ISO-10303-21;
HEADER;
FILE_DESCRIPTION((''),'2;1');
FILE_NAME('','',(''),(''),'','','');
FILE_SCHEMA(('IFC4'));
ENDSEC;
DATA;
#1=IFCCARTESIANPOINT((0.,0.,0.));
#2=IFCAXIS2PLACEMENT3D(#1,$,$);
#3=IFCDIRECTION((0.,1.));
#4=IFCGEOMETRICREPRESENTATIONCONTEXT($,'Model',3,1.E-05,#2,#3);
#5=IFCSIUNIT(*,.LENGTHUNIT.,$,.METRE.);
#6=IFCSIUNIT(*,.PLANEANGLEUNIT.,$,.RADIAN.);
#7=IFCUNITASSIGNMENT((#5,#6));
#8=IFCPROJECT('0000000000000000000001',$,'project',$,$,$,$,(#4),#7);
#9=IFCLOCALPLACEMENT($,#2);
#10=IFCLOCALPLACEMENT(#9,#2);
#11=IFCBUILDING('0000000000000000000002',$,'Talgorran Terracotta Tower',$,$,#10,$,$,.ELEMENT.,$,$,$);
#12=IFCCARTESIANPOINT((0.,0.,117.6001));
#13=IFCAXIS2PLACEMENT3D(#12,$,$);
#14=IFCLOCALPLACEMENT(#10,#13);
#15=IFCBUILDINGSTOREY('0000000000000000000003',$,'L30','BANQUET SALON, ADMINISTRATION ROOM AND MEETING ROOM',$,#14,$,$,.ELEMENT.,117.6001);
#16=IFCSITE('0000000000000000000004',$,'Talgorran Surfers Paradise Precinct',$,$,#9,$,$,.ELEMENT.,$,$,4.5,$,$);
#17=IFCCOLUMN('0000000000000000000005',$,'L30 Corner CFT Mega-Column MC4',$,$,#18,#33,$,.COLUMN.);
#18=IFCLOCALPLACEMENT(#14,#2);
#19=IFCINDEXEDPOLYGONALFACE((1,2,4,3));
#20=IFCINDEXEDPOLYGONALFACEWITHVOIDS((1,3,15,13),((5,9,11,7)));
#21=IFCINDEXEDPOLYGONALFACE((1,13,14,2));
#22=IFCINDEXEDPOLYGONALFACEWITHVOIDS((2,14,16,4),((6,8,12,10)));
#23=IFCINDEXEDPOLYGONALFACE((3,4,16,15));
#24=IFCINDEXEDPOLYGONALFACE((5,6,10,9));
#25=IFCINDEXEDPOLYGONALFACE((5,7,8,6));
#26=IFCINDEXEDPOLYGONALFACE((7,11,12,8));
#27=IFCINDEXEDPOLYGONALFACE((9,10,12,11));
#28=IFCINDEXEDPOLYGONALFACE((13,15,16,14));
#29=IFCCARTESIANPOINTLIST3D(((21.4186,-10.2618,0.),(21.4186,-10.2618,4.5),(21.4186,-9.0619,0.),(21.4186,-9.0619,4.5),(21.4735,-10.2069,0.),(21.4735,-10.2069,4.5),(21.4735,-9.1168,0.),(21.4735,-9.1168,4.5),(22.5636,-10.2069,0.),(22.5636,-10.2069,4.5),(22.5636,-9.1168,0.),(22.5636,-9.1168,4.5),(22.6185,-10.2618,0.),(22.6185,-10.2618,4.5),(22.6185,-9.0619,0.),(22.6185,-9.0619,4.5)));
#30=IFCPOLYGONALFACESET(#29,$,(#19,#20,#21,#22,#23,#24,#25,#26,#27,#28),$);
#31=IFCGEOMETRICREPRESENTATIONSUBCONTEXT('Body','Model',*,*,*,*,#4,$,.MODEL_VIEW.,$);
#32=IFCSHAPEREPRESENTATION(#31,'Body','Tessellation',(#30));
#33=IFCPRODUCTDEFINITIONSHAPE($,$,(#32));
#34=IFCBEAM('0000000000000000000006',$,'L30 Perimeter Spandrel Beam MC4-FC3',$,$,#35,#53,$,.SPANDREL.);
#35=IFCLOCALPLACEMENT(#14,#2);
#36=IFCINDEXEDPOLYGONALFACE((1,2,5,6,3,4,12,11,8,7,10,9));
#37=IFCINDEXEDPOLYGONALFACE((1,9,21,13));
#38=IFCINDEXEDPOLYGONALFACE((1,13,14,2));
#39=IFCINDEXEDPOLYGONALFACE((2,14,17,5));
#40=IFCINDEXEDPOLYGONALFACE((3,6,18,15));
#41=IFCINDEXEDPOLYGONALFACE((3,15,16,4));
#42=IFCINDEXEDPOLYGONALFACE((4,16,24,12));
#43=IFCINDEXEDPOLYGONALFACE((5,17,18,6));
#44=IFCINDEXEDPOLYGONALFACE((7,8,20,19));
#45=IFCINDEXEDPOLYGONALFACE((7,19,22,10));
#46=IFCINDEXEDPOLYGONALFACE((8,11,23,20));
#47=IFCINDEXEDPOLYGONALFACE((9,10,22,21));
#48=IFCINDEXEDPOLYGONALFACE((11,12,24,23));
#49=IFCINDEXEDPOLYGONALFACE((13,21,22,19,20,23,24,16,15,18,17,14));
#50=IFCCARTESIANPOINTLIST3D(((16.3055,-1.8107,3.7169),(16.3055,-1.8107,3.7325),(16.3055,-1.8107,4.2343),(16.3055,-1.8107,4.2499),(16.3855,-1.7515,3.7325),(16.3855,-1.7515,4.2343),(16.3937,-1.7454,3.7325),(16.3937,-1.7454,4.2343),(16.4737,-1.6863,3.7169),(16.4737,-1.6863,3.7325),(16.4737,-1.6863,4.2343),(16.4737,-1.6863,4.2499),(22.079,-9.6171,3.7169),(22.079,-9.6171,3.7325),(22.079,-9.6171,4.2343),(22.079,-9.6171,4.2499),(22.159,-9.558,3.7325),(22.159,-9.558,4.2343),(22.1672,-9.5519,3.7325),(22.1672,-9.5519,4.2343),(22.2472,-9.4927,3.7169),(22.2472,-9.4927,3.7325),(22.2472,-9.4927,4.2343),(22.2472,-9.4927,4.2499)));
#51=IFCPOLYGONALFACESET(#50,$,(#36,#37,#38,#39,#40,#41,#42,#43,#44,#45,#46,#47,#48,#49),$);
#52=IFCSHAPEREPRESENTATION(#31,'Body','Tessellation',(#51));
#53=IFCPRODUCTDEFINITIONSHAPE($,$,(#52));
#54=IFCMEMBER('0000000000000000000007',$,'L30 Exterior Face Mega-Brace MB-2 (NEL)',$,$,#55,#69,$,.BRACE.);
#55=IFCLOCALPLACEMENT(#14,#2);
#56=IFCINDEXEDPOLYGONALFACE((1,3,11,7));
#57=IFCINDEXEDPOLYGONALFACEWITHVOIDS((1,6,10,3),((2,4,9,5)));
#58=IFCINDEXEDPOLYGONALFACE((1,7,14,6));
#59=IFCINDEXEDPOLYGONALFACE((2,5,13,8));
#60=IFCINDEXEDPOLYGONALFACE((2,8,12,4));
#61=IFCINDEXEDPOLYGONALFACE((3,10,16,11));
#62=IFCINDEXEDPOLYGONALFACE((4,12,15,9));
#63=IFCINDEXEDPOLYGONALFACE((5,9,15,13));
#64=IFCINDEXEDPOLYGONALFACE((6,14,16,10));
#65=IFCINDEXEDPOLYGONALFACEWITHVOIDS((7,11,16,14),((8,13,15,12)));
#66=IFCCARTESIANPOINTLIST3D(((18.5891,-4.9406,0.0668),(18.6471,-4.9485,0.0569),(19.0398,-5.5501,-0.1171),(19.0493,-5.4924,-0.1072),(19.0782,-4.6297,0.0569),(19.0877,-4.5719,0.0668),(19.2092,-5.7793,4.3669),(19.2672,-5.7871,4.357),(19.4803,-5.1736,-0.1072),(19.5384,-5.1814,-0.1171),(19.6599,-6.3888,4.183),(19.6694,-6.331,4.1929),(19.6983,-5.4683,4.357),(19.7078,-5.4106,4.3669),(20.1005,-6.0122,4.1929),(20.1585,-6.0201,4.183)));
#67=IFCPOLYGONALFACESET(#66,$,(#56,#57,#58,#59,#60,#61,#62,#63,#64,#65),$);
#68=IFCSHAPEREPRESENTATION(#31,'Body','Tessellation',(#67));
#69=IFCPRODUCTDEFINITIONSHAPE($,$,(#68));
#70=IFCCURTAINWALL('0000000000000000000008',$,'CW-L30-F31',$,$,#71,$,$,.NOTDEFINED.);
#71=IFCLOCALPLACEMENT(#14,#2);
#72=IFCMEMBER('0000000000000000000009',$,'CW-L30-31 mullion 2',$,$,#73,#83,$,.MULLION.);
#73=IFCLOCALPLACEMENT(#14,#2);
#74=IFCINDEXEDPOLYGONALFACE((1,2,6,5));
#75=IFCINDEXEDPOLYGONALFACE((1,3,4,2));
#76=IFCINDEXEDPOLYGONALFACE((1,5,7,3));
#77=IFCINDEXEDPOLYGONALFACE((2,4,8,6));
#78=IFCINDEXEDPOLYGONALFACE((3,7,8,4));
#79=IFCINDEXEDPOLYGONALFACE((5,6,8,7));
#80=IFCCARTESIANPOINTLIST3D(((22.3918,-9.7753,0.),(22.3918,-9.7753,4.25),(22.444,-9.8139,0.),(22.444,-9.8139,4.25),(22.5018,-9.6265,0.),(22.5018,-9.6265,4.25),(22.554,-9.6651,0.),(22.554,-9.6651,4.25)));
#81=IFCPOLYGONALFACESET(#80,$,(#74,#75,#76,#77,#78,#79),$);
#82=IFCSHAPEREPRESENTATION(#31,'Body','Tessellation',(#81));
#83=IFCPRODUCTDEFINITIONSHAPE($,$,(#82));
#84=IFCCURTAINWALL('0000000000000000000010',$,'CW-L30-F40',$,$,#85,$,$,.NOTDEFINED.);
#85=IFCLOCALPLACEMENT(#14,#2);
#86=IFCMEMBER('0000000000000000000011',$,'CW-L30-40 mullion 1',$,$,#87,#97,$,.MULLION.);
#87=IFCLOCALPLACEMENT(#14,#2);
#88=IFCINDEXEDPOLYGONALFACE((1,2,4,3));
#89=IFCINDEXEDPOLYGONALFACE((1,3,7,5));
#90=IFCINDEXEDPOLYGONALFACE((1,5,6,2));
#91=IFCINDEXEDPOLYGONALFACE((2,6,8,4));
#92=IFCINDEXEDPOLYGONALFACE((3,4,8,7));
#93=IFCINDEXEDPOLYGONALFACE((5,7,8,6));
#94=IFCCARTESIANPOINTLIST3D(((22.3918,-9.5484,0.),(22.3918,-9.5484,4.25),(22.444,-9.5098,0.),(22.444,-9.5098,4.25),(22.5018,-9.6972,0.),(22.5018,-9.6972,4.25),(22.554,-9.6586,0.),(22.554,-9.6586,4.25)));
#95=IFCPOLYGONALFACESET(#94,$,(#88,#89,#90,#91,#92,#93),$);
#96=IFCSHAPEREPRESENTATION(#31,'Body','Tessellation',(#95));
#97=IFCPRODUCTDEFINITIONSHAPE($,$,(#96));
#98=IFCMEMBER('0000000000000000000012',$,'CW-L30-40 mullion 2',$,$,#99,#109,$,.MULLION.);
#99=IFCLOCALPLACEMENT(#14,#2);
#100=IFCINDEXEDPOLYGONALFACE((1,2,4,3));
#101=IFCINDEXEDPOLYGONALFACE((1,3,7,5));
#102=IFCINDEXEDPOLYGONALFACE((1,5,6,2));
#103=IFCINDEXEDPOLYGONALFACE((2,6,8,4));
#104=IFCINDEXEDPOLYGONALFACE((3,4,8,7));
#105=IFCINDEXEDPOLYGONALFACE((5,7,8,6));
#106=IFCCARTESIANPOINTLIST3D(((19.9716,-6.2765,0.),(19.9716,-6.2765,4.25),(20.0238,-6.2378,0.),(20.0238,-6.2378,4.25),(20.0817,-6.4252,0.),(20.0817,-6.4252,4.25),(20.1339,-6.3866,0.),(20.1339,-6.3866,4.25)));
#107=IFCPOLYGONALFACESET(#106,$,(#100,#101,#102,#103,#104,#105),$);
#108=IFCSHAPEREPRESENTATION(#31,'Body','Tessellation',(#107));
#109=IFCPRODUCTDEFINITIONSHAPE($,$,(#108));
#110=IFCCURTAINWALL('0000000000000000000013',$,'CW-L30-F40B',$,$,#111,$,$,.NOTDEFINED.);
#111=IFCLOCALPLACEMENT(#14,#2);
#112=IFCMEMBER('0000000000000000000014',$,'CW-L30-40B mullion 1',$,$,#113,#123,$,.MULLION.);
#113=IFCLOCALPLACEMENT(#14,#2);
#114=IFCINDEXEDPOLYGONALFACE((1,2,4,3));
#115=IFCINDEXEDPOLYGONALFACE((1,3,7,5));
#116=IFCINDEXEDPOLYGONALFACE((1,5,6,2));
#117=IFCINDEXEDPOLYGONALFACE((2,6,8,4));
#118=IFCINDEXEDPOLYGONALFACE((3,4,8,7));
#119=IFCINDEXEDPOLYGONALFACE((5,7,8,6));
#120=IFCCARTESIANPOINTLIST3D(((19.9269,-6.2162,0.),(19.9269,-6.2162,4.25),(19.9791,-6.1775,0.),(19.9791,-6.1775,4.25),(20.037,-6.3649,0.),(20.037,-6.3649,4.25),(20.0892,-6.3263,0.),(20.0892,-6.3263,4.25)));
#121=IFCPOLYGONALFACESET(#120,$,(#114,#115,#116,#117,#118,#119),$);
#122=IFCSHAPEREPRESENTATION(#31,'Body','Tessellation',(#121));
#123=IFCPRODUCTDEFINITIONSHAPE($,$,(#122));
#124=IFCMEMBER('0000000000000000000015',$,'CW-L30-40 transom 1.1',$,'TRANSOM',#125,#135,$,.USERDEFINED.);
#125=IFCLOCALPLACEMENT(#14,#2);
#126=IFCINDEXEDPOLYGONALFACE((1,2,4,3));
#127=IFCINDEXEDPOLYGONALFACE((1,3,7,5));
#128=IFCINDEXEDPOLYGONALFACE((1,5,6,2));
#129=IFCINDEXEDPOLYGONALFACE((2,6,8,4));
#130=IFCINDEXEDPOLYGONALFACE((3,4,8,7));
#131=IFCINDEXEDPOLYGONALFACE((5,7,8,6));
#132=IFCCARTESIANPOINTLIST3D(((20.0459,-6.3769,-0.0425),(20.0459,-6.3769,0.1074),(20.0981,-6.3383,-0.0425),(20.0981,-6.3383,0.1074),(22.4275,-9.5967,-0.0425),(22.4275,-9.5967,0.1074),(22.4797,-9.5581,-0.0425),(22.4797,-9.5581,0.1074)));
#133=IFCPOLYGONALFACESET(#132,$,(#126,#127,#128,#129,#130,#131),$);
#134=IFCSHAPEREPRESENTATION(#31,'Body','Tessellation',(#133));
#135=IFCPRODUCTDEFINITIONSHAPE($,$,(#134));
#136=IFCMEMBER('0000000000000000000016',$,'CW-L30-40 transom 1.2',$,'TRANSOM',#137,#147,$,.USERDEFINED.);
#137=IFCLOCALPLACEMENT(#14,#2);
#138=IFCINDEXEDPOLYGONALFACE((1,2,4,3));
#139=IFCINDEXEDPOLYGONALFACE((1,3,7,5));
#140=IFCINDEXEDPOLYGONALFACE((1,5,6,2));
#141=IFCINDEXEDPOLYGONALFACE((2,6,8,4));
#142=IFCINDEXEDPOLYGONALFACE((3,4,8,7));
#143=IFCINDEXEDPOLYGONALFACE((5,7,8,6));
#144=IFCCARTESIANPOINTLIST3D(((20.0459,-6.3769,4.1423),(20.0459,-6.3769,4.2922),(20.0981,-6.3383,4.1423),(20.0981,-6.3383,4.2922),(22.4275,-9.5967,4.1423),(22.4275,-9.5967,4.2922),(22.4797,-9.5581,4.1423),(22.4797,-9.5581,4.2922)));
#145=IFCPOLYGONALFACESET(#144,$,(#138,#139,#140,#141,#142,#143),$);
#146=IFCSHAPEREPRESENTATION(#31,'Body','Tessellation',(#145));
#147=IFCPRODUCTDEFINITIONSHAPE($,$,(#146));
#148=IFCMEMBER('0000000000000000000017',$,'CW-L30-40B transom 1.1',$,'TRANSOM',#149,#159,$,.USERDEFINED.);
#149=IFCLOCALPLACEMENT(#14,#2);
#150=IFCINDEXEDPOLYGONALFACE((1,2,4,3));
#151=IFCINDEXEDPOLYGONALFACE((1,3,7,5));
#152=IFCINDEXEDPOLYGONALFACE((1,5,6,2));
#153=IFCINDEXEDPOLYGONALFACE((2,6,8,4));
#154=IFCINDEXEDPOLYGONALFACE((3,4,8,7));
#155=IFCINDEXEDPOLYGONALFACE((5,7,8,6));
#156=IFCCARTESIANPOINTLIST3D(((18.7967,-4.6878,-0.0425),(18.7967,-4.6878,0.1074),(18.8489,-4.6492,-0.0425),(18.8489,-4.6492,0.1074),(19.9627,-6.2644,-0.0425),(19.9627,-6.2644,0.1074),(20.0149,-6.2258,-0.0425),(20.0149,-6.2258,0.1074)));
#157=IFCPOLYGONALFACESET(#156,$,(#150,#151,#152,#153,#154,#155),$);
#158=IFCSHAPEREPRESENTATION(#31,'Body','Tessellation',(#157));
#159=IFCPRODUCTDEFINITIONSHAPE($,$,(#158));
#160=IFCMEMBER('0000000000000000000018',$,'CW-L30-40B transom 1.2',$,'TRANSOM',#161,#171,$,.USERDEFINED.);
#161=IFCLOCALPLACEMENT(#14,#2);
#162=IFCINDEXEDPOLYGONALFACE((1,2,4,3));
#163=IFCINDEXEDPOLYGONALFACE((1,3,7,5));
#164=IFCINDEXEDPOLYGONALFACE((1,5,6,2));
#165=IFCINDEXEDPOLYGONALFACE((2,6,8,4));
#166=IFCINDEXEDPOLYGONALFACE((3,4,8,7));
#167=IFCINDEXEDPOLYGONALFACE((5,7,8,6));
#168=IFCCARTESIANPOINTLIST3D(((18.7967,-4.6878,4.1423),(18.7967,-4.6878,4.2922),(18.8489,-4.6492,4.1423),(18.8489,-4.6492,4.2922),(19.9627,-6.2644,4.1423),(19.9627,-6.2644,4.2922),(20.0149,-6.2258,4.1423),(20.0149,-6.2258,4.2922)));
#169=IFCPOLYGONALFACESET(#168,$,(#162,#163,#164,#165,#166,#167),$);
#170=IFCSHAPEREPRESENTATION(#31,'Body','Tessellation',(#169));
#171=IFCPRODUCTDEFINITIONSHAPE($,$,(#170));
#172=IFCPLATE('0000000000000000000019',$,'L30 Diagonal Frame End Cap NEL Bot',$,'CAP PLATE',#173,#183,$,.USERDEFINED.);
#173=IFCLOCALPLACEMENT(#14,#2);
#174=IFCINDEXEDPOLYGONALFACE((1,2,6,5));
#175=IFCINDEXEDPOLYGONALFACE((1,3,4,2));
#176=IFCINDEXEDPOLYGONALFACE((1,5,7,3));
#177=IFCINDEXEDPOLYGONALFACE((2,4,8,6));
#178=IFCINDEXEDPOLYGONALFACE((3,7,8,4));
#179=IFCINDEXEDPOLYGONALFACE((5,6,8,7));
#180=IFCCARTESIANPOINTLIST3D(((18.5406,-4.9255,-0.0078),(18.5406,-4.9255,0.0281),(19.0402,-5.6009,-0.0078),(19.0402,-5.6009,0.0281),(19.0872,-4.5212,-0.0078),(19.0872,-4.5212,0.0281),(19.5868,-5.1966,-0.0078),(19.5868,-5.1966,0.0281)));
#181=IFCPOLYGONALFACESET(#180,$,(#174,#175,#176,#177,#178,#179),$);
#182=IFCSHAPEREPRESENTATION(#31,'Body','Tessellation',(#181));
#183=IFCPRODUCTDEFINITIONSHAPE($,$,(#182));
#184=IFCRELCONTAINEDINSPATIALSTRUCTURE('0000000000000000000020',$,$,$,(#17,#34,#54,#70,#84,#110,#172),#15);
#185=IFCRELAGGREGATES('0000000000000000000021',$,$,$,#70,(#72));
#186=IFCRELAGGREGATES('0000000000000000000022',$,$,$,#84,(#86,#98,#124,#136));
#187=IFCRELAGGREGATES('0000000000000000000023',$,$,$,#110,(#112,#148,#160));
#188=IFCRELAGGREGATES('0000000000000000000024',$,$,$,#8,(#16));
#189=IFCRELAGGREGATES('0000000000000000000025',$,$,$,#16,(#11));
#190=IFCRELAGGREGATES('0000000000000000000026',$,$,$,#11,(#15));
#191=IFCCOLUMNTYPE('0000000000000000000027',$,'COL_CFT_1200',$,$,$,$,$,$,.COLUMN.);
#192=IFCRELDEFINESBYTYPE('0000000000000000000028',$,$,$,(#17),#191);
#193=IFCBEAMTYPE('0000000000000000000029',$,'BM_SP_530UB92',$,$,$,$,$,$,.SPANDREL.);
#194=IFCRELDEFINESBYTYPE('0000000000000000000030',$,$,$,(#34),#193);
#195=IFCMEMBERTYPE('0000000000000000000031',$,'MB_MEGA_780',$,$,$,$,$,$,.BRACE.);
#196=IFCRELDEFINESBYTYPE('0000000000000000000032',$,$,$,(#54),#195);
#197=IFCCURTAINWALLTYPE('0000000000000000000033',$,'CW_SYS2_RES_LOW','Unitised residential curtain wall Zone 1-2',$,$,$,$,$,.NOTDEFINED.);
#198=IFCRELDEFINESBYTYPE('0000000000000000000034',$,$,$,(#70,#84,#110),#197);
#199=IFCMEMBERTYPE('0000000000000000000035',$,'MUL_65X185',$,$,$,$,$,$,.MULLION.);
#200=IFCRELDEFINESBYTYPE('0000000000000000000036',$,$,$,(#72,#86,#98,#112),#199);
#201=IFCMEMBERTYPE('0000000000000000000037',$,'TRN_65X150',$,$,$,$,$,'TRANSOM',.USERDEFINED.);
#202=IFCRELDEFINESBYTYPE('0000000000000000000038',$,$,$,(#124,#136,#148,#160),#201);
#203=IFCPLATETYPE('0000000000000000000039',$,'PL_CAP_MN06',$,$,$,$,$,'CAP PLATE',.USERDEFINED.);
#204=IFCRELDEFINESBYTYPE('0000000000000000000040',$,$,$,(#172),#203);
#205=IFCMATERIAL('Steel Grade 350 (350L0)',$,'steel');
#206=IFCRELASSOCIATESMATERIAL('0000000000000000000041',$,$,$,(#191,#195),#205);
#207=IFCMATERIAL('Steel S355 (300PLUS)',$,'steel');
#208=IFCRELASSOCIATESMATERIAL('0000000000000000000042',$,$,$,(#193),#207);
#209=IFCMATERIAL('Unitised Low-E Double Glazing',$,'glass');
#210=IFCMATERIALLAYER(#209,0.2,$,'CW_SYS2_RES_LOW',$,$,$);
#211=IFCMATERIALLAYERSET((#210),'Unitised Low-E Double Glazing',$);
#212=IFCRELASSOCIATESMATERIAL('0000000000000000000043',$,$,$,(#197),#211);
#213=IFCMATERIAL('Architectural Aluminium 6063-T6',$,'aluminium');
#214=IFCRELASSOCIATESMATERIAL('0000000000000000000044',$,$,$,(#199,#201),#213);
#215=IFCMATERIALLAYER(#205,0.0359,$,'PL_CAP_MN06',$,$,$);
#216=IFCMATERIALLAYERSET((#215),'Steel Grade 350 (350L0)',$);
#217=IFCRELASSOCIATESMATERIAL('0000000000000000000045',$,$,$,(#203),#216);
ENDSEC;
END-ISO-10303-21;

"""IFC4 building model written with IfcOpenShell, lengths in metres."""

from ifc_helpers import new_model, si_unit, direction, frame, origin, origin_2d, place, context, subcontext, project, spatial, rectangle, hollow_rectangle, i_section, extrude, material, layer, layer_set, material_profile, profile_set, type_object, element, aggregate, save


model = new_model("IFC4")

# Units and contexts
model_context = context("Model", 3, precision=1e-05, world=origin(), true_north=direction((0.0, 1.0)))
body_context = subcontext(model_context, "Body", "Model", "MODEL_VIEW")
ifc_project = project(units=[si_unit("LENGTHUNIT", "METRE"), si_unit("PLANEANGLEUNIT", "RADIAN")], contexts=[model_context])

# Site, building, storey
site_placement = place(None, origin())
site = spatial("IfcSite", under=ifc_project, at=site_placement, Name="Talgorran Surfers Paradise Precinct", CompositionType="ELEMENT", RefElevation=4.5)
building_placement = place(site_placement, origin())
building = spatial("IfcBuilding", under=site, at=building_placement, Name="Talgorran Terracotta Tower", CompositionType="ELEMENT")
storey_placement = place(building_placement, frame((0.0, 0.0, 117.6001)))
storey = spatial("IfcBuildingStorey", under=building, at=storey_placement, Name="L30", Description="BANQUET SALON, ADMINISTRATION ROOM AND MEETING ROOM", CompositionType="ELEMENT", Elevation=117.6001)

# Column
ifc_material_1 = material(Name="Steel Grade 350 (350L0)", Category="steel")
ifc_material_profile_1 = material_profile(ifc_material_1, hollow_rectangle(XDim=1.2, YDim=1.2, WallThickness=0.0549, at=origin_2d()), Name="CFT1200X1200X55")
ifc_profile_set_1 = profile_set([ifc_material_profile_1], Name="Steel Grade 350 (350L0)")
column_type = type_object("IfcColumnType", Name="COL_CFT_1200", PredefinedType="COLUMN", material=ifc_profile_set_1)
column_placement = place(storey_placement, frame((22.0186, -9.6619, 0.0), z_axis=(0.0, 0.0, 1.0), x_axis=(1.0, 0.0, 0.0)))
element("IfcColumn", 1, at=column_placement, inside=storey, type_object=column_type, Name="L30 Corner CFT Mega-Column MC4", PredefinedType="COLUMN", context=body_context, shape_type="SweptSolid", body=[
    extrude(hollow_rectangle(XDim=1.2, YDim=1.2, WallThickness=0.0549, at=origin_2d()), origin(), (0.0, 0.0, 1.0), 4.5),
])

# Beam
ifc_material_2 = material(Name="Steel S355 (300PLUS)", Category="steel")
ifc_material_profile_2 = material_profile(ifc_material_2, i_section(OverallWidth=0.2092, OverallDepth=0.533, WebThickness=0.0103, FlangeThickness=0.0156, at=origin_2d()), Name="530UB92.4")
ifc_profile_set_2 = profile_set([ifc_material_profile_2], Name="Steel S355 (300PLUS)")
beam_type = type_object("IfcBeamType", Name="BM_SP_530UB92", PredefinedType="SPANDREL", material=ifc_profile_set_2)
beam_placement = place(storey_placement, frame((22.1631, -9.5549, 3.9834), z_axis=(-0.594624, 0.804004, 0.0), x_axis=(-0.804004, -0.594624, 0.0)))
element("IfcBeam", 2, at=beam_placement, inside=storey, type_object=beam_type, Name="L30 Perimeter Spandrel Beam MC4-FC3", PredefinedType="SPANDREL", context=body_context, shape_type="SweptSolid", body=[
    extrude(i_section(OverallWidth=0.2092, OverallDepth=0.533, WebThickness=0.0103, FlangeThickness=0.0156, at=origin_2d()), origin(), (0.0, 0.0, 1.0), 9.7095),
])

# Member
ifc_material_profile_3 = material_profile(ifc_material_1, hollow_rectangle(XDim=0.6201, YDim=0.78, WallThickness=0.042, at=origin_2d()), Name="WBOX780X620X42")
ifc_profile_set_3 = profile_set([ifc_material_profile_3], Name="Steel Grade 350 (350L0)")
member_type_1 = type_object("IfcMemberType", Name="MB_MEGA_780", PredefinedType="BRACE", material=ifc_profile_set_3)
member_1_placement = place(storey_placement, frame((19.0637, -5.061, -0.0251), z_axis=(0.140148, -0.189531, 0.971821), x_axis=(0.804055, 0.594556, 0.0)))
element("IfcMember", 3, at=member_1_placement, inside=storey, type_object=member_type_1, Name="L30 Exterior Face Mega-Brace MB-2 (NEL)", PredefinedType="BRACE", context=body_context, shape_type="SweptSolid", body=[
    extrude(hollow_rectangle(XDim=0.6201, YDim=0.78, WallThickness=0.042, at=origin_2d()), origin(), (0.0, 0.0, 1.0), 4.4248),
])

# Curtain wall, member
ifc_material_3 = material(Name="Unitised Low-E Double Glazing", Category="glass")
ifc_layer_1 = layer(ifc_material_3, 0.2, Name="CW_SYS2_RES_LOW")
ifc_layer_set_1 = layer_set([ifc_layer_1], Name="Unitised Low-E Double Glazing")
curtain_wall_type = type_object("IfcCurtainWallType", Name="CW_SYS2_RES_LOW", Description="Unitised residential curtain wall Zone 1-2", PredefinedType="NOTDEFINED", material=ifc_layer_set_1)
curtain_wall_1_placement = place(storey_placement, origin())
curtain_wall_1 = element("IfcCurtainWall", 4, at=curtain_wall_1_placement, inside=storey, type_object=curtain_wall_type, Name="CW-L30-F31", PredefinedType="NOTDEFINED")
ifc_material_4 = material(Name="Architectural Aluminium 6063-T6", Category="aluminium")
ifc_material_profile_4 = material_profile(ifc_material_4, rectangle(XDim=0.0649, YDim=0.1851, at=origin_2d()), Name="CWM65X185")
ifc_profile_set_4 = profile_set([ifc_material_profile_4], Name="Architectural Aluminium 6063-T6")
member_type_2 = type_object("IfcMemberType", Name="MUL_65X185", PredefinedType="MULLION", material=ifc_profile_set_4)
member_2_placement = place(storey_placement, frame((22.4729, -9.7202, 0.0), z_axis=(0.0, 0.0, 1.0), x_axis=(-0.803989, 0.594644, 0.0)))
member_2 = element("IfcMember", 5, at=member_2_placement, type_object=member_type_2, Name="CW-L30-31 mullion 2", PredefinedType="MULLION", context=body_context, shape_type="SweptSolid", body=[
    extrude(rectangle(XDim=0.0649, YDim=0.1851, at=origin_2d()), origin(), (0.0, 0.0, 1.0), 4.25),
])

# Curtain wall, members
curtain_wall_2_placement = place(storey_placement, origin())
curtain_wall_2 = element("IfcCurtainWall", 6, at=curtain_wall_2_placement, inside=storey, type_object=curtain_wall_type, Name="CW-L30-F40", PredefinedType="NOTDEFINED")
member_3_placement = place(storey_placement, frame((22.4729, -9.6035, 0.0), z_axis=(0.0, 0.0, 1.0), x_axis=(-0.803987, -0.594647, 0.0)))
member_3 = element("IfcMember", 7, at=member_3_placement, type_object=member_type_2, Name="CW-L30-40 mullion 1", PredefinedType="MULLION", context=body_context, shape_type="SweptSolid", body=[
    extrude(rectangle(XDim=0.0649, YDim=0.1851, at=origin_2d()), origin(), (0.0, 0.0, 1.0), 4.25),
])
member_4_placement = place(storey_placement, frame((20.0527, -6.3315, 0.0), z_axis=(0.0, 0.0, 1.0), x_axis=(-0.803987, -0.594647, 0.0)))
member_4 = element("IfcMember", 8, at=member_4_placement, type_object=member_type_2, Name="CW-L30-40 mullion 2", PredefinedType="MULLION", context=body_context, shape_type="SweptSolid", body=[
    extrude(rectangle(XDim=0.0649, YDim=0.1851, at=origin_2d()), origin(), (0.0, 0.0, 1.0), 4.25),
])

# Curtain wall, member
curtain_wall_3_placement = place(storey_placement, origin())
curtain_wall_3 = element("IfcCurtainWall", 9, at=curtain_wall_3_placement, inside=storey, type_object=curtain_wall_type, Name="CW-L30-F40B", PredefinedType="NOTDEFINED")
member_5_placement = place(storey_placement, frame((20.0081, -6.2712, 0.0), z_axis=(0.0, 0.0, 1.0), x_axis=(-0.803999, -0.59463, 0.0)))
member_5 = element("IfcMember", 10, at=member_5_placement, type_object=member_type_2, Name="CW-L30-40B mullion 1", PredefinedType="MULLION", context=body_context, shape_type="SweptSolid", body=[
    extrude(rectangle(XDim=0.0649, YDim=0.1851, at=origin_2d()), origin(), (0.0, 0.0, 1.0), 4.25),
])

# Members
ifc_material_profile_5 = material_profile(ifc_material_4, rectangle(XDim=0.0649, YDim=0.1499, at=origin_2d()), Name="CWT65X150")
ifc_profile_set_5 = profile_set([ifc_material_profile_5], Name="Architectural Aluminium 6063-T6")
member_type_3 = type_object("IfcMemberType", Name="TRN_65X150", ElementType="TRANSOM", PredefinedType="USERDEFINED", material=ifc_profile_set_5)
member_6_placement = place(storey_placement, frame((22.4536, -9.5774, 0.0325), z_axis=(-0.594681, 0.803962, 0.0), x_axis=(-0.803962, -0.594681, 0.0)))
member_6 = element("IfcMember", 11, at=member_6_placement, type_object=member_type_3, Name="CW-L30-40 transom 1.1", ObjectType="TRANSOM", PredefinedType="USERDEFINED", context=body_context, shape_type="SweptSolid", body=[
    extrude(rectangle(XDim=0.0649, YDim=0.1499, at=origin_2d()), origin(), (0.0, 0.0, 1.0), 4.0049),
])
member_7_placement = place(storey_placement, frame((22.4536, -9.5774, 4.2173), z_axis=(-0.594681, 0.803962, 0.0), x_axis=(-0.803962, -0.594681, 0.0)))
member_7 = element("IfcMember", 12, at=member_7_placement, type_object=member_type_3, Name="CW-L30-40 transom 1.2", ObjectType="TRANSOM", PredefinedType="USERDEFINED", context=body_context, shape_type="SweptSolid", body=[
    extrude(rectangle(XDim=0.0649, YDim=0.1499, at=origin_2d()), origin(), (0.0, 0.0, 1.0), 4.0049),
])
member_8_placement = place(storey_placement, frame((19.9888, -6.2451, 0.0325), z_axis=(-0.594608, 0.804016, 0.0), x_axis=(-0.804016, -0.594608, 0.0)))
member_8 = element("IfcMember", 13, at=member_8_placement, type_object=member_type_3, Name="CW-L30-40B transom 1.1", ObjectType="TRANSOM", PredefinedType="USERDEFINED", context=body_context, shape_type="SweptSolid", body=[
    extrude(rectangle(XDim=0.0649, YDim=0.1499, at=origin_2d()), origin(), (0.0, 0.0, 1.0), 1.9609),
])
member_9_placement = place(storey_placement, frame((19.9888, -6.2451, 4.2173), z_axis=(-0.594608, 0.804016, 0.0), x_axis=(-0.804016, -0.594608, 0.0)))
member_9 = element("IfcMember", 14, at=member_9_placement, type_object=member_type_3, Name="CW-L30-40B transom 1.2", ObjectType="TRANSOM", PredefinedType="USERDEFINED", context=body_context, shape_type="SweptSolid", body=[
    extrude(rectangle(XDim=0.0649, YDim=0.1499, at=origin_2d()), origin(), (0.0, 0.0, 1.0), 1.9609),
])

# Plate
ifc_layer_2 = layer(ifc_material_1, 0.0359, Name="PL_CAP_MN06")
ifc_layer_set_2 = layer_set([ifc_layer_2], Name="Steel Grade 350 (350L0)")
plate_type_1 = type_object("IfcPlateType", Name="PL_CAP_MN06", ElementType="CAP PLATE", PredefinedType="USERDEFINED", material=ifc_layer_set_2)
for number, where, z_axis, x_axis, name in (
    (15, (19.0637, -5.061, -0.0078), (0.0, 0.0, 1.0), (0.594682, -0.803961, 0.0), "L30 Diagonal Frame End Cap NEL Bot"),
):
    element("IfcPlate", number, at=place(storey_placement, frame(where, z_axis=z_axis, x_axis=x_axis)), inside=storey, type_object=plate_type_1, Name=name, ObjectType="CAP PLATE", PredefinedType="USERDEFINED", context=body_context, shape_type="SweptSolid", body=[
        extrude(rectangle(XDim=0.8401, YDim=0.6799, at=origin_2d()), origin(), (0.0, 0.0, 1.0), 0.0359),
    ])

aggregate(curtain_wall_1, [member_2])
aggregate(curtain_wall_2, [member_3, member_4, member_6, member_7])
aggregate(curtain_wall_3, [member_5, member_8, member_9])

save(model, "model.ifc")
